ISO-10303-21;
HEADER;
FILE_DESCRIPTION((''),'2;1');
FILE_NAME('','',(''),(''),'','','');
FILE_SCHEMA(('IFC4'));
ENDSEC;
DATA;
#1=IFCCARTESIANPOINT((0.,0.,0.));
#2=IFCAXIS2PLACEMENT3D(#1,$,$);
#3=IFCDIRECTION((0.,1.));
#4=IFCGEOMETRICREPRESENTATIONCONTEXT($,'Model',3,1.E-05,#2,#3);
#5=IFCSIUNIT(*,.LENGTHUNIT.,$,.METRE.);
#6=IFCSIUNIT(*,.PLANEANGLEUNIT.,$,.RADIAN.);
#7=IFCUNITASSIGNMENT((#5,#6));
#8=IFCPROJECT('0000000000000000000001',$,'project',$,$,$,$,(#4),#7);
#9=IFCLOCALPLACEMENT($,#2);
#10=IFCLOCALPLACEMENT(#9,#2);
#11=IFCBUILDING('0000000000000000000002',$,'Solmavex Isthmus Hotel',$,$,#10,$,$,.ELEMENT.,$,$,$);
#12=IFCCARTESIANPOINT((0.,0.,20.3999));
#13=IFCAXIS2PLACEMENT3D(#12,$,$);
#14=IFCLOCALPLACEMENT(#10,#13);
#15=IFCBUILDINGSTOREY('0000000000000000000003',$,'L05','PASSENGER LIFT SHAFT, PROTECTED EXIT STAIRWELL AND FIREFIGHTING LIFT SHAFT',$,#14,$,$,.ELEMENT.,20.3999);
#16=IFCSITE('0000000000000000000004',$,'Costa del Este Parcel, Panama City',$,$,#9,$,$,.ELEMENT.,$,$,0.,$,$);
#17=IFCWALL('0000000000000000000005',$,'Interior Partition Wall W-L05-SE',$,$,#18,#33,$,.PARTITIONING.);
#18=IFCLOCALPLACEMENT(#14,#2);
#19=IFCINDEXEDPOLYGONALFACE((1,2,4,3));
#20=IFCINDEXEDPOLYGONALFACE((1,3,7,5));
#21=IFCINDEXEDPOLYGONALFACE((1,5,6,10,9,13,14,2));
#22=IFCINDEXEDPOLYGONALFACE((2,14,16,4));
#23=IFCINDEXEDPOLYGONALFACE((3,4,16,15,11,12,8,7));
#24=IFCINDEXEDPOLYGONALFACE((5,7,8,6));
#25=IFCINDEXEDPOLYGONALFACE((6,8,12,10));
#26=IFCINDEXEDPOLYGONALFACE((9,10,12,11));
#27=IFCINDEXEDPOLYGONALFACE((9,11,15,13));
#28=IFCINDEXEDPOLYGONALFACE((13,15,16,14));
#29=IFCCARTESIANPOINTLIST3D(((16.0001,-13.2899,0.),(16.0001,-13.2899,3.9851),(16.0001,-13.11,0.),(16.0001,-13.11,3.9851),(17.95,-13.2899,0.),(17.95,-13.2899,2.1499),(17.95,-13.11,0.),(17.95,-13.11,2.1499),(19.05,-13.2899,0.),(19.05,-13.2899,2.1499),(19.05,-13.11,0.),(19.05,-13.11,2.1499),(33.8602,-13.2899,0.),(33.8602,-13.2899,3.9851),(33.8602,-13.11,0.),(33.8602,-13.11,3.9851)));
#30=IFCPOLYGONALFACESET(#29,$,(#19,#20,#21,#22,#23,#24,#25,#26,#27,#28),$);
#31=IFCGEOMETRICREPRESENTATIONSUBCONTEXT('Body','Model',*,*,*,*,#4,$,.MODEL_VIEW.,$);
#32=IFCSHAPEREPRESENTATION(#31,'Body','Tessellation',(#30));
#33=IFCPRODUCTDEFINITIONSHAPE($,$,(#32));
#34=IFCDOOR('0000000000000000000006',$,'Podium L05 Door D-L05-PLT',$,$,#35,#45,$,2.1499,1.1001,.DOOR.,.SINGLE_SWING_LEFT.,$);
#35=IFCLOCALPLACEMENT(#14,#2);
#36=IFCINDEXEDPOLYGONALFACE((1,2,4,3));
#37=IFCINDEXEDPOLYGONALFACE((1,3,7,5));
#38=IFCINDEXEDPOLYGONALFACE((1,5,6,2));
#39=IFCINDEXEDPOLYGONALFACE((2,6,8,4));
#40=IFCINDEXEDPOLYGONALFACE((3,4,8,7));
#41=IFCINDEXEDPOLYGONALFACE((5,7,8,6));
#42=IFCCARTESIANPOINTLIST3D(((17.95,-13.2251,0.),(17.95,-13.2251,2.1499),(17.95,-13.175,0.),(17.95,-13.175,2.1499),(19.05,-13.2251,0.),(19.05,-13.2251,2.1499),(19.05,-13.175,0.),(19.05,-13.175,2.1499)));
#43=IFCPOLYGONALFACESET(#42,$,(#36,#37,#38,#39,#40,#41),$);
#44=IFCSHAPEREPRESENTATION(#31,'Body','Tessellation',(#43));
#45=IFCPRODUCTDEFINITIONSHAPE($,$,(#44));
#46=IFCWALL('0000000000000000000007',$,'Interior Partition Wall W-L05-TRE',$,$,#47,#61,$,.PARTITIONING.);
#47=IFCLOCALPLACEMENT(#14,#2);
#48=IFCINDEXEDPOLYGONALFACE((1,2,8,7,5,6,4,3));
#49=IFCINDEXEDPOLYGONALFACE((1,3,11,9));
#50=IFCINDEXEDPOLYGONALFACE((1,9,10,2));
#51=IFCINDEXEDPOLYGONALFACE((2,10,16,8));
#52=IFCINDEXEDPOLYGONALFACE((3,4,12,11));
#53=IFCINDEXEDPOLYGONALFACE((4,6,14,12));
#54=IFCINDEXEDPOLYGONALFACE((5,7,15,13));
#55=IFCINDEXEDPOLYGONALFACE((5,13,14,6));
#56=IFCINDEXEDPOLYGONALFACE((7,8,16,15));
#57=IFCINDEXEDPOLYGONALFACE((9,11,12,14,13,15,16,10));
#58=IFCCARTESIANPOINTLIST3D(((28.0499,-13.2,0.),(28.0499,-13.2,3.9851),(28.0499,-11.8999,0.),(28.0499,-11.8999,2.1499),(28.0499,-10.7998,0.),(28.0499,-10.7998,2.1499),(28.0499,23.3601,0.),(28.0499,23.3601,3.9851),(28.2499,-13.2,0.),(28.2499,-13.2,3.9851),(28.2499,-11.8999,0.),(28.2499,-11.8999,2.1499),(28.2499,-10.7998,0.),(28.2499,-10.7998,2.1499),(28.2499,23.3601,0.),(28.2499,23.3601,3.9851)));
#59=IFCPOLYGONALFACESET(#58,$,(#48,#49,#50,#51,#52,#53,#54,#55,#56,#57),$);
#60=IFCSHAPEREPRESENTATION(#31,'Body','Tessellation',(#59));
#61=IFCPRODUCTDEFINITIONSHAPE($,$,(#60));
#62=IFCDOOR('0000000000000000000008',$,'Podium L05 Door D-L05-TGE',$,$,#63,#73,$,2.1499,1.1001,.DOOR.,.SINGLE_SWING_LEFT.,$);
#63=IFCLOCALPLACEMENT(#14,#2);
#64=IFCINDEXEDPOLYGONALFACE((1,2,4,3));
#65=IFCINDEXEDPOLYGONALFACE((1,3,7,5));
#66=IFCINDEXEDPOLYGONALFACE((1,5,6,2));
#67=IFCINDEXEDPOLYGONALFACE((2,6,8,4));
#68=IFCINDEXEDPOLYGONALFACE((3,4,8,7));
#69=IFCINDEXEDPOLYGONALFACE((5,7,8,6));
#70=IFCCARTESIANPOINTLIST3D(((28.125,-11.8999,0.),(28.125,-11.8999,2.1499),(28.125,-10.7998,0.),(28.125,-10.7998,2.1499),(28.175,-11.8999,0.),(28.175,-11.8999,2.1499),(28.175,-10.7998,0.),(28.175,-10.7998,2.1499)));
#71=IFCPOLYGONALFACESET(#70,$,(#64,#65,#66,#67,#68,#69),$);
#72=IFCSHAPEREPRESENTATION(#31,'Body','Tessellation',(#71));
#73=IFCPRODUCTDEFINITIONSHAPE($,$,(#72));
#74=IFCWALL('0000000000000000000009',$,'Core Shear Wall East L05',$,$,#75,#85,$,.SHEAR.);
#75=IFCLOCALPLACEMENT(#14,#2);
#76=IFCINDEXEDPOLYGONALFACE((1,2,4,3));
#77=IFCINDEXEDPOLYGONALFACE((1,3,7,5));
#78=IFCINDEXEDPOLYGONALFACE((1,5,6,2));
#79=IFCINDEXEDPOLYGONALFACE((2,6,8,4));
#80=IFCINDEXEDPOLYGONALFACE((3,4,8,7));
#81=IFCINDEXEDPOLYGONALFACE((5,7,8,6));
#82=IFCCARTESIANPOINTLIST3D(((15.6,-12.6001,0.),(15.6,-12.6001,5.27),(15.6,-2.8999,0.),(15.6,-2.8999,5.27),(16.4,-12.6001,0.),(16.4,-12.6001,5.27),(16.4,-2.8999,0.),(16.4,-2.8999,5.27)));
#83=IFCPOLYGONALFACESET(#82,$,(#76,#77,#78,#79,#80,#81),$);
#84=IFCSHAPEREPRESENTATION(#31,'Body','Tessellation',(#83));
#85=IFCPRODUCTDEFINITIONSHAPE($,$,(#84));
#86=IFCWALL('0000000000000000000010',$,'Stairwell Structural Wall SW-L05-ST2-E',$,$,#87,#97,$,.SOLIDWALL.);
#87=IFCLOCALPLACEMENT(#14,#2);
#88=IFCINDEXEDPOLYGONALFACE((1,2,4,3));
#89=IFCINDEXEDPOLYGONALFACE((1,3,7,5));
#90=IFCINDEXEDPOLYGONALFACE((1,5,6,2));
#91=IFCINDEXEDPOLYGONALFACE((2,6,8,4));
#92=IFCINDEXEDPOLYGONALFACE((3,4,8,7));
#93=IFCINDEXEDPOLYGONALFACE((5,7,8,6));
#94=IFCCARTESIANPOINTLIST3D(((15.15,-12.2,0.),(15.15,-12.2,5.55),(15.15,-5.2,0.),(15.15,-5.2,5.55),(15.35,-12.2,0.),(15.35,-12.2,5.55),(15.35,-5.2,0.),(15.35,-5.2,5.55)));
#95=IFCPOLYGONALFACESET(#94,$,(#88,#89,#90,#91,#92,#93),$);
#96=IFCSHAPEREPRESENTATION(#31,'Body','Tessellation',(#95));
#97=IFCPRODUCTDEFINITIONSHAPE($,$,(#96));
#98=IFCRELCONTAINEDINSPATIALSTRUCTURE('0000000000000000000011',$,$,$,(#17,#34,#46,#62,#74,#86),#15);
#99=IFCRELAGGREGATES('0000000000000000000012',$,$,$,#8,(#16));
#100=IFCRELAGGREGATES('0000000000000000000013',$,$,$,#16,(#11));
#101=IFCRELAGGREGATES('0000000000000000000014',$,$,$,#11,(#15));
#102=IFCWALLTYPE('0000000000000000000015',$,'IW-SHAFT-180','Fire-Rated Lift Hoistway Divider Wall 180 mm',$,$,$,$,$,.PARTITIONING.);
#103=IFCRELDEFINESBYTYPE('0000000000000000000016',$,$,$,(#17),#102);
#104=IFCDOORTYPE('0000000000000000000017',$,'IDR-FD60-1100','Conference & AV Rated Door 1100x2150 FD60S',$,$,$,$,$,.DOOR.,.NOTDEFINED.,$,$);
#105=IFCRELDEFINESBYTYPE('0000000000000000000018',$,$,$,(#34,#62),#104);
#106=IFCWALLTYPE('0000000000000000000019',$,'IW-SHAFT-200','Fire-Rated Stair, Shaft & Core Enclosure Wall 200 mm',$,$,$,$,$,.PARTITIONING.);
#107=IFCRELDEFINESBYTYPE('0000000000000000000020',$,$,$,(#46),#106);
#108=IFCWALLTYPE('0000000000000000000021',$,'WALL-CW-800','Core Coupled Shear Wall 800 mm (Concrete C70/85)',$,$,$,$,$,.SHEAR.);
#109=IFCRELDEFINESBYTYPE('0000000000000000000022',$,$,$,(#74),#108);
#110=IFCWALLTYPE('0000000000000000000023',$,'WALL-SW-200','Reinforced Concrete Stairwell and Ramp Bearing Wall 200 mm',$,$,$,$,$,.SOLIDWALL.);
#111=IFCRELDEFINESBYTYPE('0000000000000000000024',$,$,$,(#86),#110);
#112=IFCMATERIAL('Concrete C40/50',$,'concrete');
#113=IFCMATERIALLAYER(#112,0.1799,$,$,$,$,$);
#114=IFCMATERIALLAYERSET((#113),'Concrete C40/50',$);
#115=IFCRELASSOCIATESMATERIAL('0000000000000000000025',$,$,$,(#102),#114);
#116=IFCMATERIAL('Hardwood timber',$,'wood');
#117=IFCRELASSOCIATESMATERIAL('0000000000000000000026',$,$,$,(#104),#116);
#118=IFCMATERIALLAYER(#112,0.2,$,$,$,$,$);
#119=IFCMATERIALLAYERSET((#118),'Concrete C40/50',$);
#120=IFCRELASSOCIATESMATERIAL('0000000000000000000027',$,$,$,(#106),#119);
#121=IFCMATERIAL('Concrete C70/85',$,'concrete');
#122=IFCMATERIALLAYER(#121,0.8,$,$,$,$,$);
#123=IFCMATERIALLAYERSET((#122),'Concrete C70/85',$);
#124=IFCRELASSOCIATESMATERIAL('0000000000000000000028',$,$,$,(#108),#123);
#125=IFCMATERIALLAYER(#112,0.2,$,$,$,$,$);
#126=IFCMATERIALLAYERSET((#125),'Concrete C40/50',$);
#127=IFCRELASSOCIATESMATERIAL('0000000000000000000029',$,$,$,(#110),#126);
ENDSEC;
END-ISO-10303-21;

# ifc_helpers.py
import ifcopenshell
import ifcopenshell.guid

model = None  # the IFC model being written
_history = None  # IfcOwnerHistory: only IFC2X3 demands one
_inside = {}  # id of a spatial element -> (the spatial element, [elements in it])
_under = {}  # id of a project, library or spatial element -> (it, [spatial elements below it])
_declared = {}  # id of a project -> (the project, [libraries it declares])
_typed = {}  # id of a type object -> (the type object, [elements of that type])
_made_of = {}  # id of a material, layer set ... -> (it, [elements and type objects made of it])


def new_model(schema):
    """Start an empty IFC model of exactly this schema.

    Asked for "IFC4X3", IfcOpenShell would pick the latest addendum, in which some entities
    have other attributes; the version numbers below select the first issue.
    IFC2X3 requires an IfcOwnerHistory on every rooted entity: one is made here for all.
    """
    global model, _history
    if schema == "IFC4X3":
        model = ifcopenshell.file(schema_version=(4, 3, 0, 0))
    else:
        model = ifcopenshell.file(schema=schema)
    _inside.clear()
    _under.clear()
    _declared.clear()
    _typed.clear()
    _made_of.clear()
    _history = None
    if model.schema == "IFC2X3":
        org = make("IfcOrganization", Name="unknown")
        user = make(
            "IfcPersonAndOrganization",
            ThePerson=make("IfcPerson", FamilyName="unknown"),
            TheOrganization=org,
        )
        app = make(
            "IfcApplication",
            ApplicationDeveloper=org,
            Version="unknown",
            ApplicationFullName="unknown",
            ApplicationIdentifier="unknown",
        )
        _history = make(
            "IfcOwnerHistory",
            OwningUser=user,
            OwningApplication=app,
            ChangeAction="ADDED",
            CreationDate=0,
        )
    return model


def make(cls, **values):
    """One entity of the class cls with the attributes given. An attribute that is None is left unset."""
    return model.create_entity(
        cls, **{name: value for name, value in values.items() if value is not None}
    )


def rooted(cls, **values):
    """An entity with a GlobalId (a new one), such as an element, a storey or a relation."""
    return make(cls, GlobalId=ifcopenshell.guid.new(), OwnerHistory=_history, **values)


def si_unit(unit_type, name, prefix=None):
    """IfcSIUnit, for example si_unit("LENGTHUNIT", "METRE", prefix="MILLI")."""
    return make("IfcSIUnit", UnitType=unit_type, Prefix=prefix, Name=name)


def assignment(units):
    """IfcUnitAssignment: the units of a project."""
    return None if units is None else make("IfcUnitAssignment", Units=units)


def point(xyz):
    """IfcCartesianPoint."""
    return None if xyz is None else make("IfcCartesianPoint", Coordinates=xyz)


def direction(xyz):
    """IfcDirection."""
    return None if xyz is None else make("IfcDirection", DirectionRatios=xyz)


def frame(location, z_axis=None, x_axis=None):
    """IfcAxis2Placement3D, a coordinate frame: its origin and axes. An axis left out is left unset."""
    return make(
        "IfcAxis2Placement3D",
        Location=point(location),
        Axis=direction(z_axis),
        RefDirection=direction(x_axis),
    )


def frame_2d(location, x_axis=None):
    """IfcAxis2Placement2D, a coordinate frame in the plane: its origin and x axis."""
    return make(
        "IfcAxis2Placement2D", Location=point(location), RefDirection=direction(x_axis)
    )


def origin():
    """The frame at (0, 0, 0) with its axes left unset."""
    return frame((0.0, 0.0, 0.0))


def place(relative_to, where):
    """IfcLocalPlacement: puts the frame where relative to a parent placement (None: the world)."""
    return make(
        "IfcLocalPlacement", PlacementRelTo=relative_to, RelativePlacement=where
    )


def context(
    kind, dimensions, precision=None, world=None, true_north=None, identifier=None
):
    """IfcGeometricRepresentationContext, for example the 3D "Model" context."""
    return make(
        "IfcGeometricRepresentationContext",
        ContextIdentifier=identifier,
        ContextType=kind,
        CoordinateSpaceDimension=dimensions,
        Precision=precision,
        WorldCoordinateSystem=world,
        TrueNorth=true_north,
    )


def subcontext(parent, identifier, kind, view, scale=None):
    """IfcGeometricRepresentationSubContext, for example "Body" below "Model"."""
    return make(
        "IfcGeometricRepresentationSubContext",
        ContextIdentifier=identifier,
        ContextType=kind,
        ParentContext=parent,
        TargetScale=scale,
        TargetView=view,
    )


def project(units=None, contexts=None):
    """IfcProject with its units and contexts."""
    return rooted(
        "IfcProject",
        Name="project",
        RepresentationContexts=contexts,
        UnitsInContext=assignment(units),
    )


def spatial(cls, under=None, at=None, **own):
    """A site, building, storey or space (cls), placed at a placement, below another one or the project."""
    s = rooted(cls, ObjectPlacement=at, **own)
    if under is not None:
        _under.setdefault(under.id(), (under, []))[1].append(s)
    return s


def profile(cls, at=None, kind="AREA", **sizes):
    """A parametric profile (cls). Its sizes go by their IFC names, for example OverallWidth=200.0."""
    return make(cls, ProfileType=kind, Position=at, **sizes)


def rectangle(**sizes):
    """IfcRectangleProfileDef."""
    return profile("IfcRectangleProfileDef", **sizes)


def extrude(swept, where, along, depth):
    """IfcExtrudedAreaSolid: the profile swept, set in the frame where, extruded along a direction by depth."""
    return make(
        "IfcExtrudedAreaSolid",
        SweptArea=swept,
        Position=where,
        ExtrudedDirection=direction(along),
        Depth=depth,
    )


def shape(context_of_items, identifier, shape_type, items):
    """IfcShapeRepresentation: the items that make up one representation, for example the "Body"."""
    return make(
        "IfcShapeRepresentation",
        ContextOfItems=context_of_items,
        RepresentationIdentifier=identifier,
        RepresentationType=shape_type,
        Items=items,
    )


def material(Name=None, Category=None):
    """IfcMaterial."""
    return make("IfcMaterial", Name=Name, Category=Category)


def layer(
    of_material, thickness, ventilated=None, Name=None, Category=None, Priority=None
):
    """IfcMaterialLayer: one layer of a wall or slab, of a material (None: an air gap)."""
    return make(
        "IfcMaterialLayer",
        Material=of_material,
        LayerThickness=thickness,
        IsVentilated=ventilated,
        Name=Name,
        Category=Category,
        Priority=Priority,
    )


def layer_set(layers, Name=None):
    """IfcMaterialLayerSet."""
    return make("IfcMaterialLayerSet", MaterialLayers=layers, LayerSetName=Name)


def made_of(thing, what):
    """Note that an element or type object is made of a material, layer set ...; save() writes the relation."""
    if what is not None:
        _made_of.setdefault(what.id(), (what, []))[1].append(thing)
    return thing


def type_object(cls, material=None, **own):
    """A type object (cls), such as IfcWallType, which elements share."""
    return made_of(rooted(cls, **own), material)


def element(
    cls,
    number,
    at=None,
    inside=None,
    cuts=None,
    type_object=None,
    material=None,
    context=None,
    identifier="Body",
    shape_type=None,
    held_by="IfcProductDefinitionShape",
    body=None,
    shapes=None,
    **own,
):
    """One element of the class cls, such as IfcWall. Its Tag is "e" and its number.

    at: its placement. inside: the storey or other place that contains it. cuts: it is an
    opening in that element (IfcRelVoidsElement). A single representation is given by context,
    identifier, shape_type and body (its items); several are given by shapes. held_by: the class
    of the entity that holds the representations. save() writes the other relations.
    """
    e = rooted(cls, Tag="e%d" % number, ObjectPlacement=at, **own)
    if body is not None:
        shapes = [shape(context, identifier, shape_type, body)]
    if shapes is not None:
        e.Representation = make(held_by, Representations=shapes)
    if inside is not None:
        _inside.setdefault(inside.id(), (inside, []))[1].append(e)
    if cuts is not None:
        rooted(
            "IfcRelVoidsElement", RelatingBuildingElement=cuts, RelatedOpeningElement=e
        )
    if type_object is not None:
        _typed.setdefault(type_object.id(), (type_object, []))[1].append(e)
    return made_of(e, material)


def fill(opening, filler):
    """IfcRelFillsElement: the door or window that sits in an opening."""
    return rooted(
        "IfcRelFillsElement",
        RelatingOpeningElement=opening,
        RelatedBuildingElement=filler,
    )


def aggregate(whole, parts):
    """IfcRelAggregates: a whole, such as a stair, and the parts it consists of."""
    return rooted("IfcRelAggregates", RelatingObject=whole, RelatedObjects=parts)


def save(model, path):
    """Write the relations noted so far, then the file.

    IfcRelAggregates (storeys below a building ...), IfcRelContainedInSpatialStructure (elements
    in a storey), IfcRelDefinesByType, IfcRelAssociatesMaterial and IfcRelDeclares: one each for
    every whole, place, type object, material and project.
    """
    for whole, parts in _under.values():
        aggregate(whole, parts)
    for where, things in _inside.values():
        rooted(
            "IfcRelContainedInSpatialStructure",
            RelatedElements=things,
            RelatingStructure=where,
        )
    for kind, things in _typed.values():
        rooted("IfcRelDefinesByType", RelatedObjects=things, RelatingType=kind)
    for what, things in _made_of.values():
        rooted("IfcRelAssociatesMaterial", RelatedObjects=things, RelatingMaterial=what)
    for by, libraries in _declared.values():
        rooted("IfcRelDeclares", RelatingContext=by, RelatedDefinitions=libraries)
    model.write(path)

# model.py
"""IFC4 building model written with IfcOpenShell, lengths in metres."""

from ifc_helpers import new_model, si_unit, direction, frame, frame_2d, origin, place, context, subcontext, project, spatial, rectangle, extrude, material, layer, layer_set, type_object, element, fill, save


model = new_model("IFC4")

# Units and contexts
model_context = context("Model", 3, precision=1e-05, world=origin(), true_north=direction((0.0, 1.0)))
body_context = subcontext(model_context, "Body", "Model", "MODEL_VIEW")
ifc_project = project(units=[si_unit("LENGTHUNIT", "METRE"), si_unit("PLANEANGLEUNIT", "RADIAN")], contexts=[model_context])

# Site, building, storey
site_placement = place(None, origin())
site = spatial("IfcSite", under=ifc_project, at=site_placement, Name="Costa del Este Parcel, Panama City", CompositionType="ELEMENT", RefElevation=0.0)
building_placement = place(site_placement, origin())
building = spatial("IfcBuilding", under=site, at=building_placement, Name="Solmavex Isthmus Hotel", CompositionType="ELEMENT")
storey_placement = place(building_placement, frame((0.0, 0.0, 20.3999)))
storey = spatial("IfcBuildingStorey", under=building, at=storey_placement, Name="L05", Description="PASSENGER LIFT SHAFT, PROTECTED EXIT STAIRWELL AND FIREFIGHTING LIFT SHAFT", CompositionType="ELEMENT", Elevation=20.3999)

# Shared definitions
ifc_material_1 = material(Name="Concrete C70/85", Category="concrete")

# Walls, openings, doors
ifc_material_2 = material(Name="Concrete C40/50", Category="concrete")
ifc_layer_1 = layer(ifc_material_2, 0.1799)
ifc_layer_set_1 = layer_set([ifc_layer_1], Name="Concrete C40/50")
wall_type_1 = type_object("IfcWallType", Name="IW-SHAFT-180", Description="Fire-Rated Lift Hoistway Divider Wall 180 mm", PredefinedType="PARTITIONING", material=ifc_layer_set_1)
wall_1_placement = place(storey_placement, frame((16.0, -13.2, 0.0), z_axis=(0.0, 0.0, 1.0), x_axis=(1.0, 0.0, 0.0)))
wall_1 = element("IfcWall", 1, at=wall_1_placement, inside=storey, type_object=wall_type_1, Name="Interior Partition Wall W-L05-SE", PredefinedType="PARTITIONING", context=body_context, shape_type="SweptSolid", body=[
    extrude(rectangle(XDim=17.8601, YDim=0.1799, at=frame_2d((8.9302, 0.0))), origin(), (0.0, 0.0, 1.0), 3.9851),
])
opening_1_placement = place(wall_1_placement, frame((1.95, 0.0, 0.0)))
opening_1 = element("IfcOpeningElement", 2, at=opening_1_placement, cuts=wall_1, PredefinedType="OPENING", context=body_context, shape_type="SweptSolid", body=[
    extrude(rectangle(XDim=1.1001, YDim=2.1499, at=frame_2d((0.55, 1.075))), frame((0.0, 0.0999, 0.0), z_axis=(0.0, -1.0, 0.0), x_axis=(1.0, 0.0, 0.0)), (0.0, 0.0, 1.0), 0.2),
])
ifc_material_3 = material(Name="Hardwood timber", Category="wood")
door_type = type_object("IfcDoorType", Name="IDR-FD60-1100", Description="Conference & AV Rated Door 1100x2150 FD60S", OperationType="NOTDEFINED", PredefinedType="DOOR", material=ifc_material_3)
door_1_placement = place(opening_1_placement, origin())
door_1 = element("IfcDoor", 3, at=door_1_placement, inside=storey, type_object=door_type, Name="Podium L05 Door D-L05-PLT", OperationType="SINGLE_SWING_LEFT", OverallHeight=2.1499, OverallWidth=1.1001, PredefinedType="DOOR", context=body_context, shape_type="SweptSolid", body=[
    extrude(rectangle(XDim=1.1001, YDim=2.1499, at=frame_2d((0.55, 1.075))), frame((0.0, 0.0249, 0.0), z_axis=(0.0, -1.0, 0.0), x_axis=(1.0, 0.0, 0.0)), (0.0, 0.0, 1.0), 0.05),
])
fill(opening_1, door_1)
ifc_layer_2 = layer(ifc_material_2, 0.2)
ifc_layer_set_2 = layer_set([ifc_layer_2], Name="Concrete C40/50")
wall_type_2 = type_object("IfcWallType", Name="IW-SHAFT-200", Description="Fire-Rated Stair, Shaft & Core Enclosure Wall 200 mm", PredefinedType="PARTITIONING", material=ifc_layer_set_2)
wall_2_placement = place(storey_placement, frame((28.1499, -13.2, 0.0), z_axis=(0.0, 0.0, 1.0), x_axis=(0.0, 1.0, 0.0)))
wall_2 = element("IfcWall", 4, at=wall_2_placement, inside=storey, type_object=wall_type_2, Name="Interior Partition Wall W-L05-TRE", PredefinedType="PARTITIONING", context=body_context, shape_type="SweptSolid", body=[
    extrude(rectangle(XDim=36.5601, YDim=0.2, at=frame_2d((18.28, 0.0))), origin(), (0.0, 0.0, 1.0), 3.9851),
])
opening_2_placement = place(wall_2_placement, frame((1.3, 0.0, 0.0)))
opening_2 = element("IfcOpeningElement", 5, at=opening_2_placement, cuts=wall_2, PredefinedType="OPENING", context=body_context, shape_type="SweptSolid", body=[
    extrude(rectangle(XDim=1.1001, YDim=2.1499, at=frame_2d((0.55, 1.075))), frame((0.0, 0.1099, 0.0), z_axis=(0.0, -1.0, 0.0), x_axis=(1.0, 0.0, 0.0)), (0.0, 0.0, 1.0), 0.22),
])
door_2_placement = place(opening_2_placement, origin())
door_2 = element("IfcDoor", 6, at=door_2_placement, inside=storey, type_object=door_type, Name="Podium L05 Door D-L05-TGE", OperationType="SINGLE_SWING_LEFT", OverallHeight=2.1499, OverallWidth=1.1001, PredefinedType="DOOR", context=body_context, shape_type="SweptSolid", body=[
    extrude(rectangle(XDim=1.1001, YDim=2.1499, at=frame_2d((0.55, 1.075))), frame((0.0, 0.0249, 0.0), z_axis=(0.0, -1.0, 0.0), x_axis=(1.0, 0.0, 0.0)), (0.0, 0.0, 1.0), 0.05),
])
fill(opening_2, door_2)

# Walls
ifc_layer_3 = layer(ifc_material_1, 0.8)
ifc_layer_set_3 = layer_set([ifc_layer_3], Name="Concrete C70/85")
wall_type_3 = type_object("IfcWallType", Name="WALL-CW-800", Description="Core Coupled Shear Wall 800 mm (Concrete C70/85)", PredefinedType="SHEAR", material=ifc_layer_set_3)
wall_3_placement = place(storey_placement, frame((16.0, -12.6001, 0.0), z_axis=(0.0, 0.0, 1.0), x_axis=(0.0, 1.0, 0.0)))
element("IfcWall", 7, at=wall_3_placement, inside=storey, type_object=wall_type_3, Name="Core Shear Wall East L05", PredefinedType="SHEAR", context=body_context, shape_type="SweptSolid", body=[
    extrude(rectangle(XDim=9.7002, YDim=0.8, at=frame_2d((4.8501, 0.0))), origin(), (0.0, 0.0, 1.0), 5.27),
])
ifc_layer_4 = layer(ifc_material_2, 0.2)
ifc_layer_set_4 = layer_set([ifc_layer_4], Name="Concrete C40/50")
wall_type_4 = type_object("IfcWallType", Name="WALL-SW-200", Description="Reinforced Concrete Stairwell and Ramp Bearing Wall 200 mm", PredefinedType="SOLIDWALL", material=ifc_layer_set_4)
wall_4_placement = place(storey_placement, frame((15.25, -12.2, 0.0), z_axis=(0.0, 0.0, 1.0), x_axis=(0.0, 1.0, 0.0)))
element("IfcWall", 8, at=wall_4_placement, inside=storey, type_object=wall_type_4, Name="Stairwell Structural Wall SW-L05-ST2-E", PredefinedType="SOLIDWALL", context=body_context, shape_type="SweptSolid", body=[
    extrude(rectangle(XDim=7.0, YDim=0.2, at=frame_2d((3.5, 0.0))), origin(), (0.0, 0.0, 1.0), 5.55),
])

save(model, "model.ifc")
